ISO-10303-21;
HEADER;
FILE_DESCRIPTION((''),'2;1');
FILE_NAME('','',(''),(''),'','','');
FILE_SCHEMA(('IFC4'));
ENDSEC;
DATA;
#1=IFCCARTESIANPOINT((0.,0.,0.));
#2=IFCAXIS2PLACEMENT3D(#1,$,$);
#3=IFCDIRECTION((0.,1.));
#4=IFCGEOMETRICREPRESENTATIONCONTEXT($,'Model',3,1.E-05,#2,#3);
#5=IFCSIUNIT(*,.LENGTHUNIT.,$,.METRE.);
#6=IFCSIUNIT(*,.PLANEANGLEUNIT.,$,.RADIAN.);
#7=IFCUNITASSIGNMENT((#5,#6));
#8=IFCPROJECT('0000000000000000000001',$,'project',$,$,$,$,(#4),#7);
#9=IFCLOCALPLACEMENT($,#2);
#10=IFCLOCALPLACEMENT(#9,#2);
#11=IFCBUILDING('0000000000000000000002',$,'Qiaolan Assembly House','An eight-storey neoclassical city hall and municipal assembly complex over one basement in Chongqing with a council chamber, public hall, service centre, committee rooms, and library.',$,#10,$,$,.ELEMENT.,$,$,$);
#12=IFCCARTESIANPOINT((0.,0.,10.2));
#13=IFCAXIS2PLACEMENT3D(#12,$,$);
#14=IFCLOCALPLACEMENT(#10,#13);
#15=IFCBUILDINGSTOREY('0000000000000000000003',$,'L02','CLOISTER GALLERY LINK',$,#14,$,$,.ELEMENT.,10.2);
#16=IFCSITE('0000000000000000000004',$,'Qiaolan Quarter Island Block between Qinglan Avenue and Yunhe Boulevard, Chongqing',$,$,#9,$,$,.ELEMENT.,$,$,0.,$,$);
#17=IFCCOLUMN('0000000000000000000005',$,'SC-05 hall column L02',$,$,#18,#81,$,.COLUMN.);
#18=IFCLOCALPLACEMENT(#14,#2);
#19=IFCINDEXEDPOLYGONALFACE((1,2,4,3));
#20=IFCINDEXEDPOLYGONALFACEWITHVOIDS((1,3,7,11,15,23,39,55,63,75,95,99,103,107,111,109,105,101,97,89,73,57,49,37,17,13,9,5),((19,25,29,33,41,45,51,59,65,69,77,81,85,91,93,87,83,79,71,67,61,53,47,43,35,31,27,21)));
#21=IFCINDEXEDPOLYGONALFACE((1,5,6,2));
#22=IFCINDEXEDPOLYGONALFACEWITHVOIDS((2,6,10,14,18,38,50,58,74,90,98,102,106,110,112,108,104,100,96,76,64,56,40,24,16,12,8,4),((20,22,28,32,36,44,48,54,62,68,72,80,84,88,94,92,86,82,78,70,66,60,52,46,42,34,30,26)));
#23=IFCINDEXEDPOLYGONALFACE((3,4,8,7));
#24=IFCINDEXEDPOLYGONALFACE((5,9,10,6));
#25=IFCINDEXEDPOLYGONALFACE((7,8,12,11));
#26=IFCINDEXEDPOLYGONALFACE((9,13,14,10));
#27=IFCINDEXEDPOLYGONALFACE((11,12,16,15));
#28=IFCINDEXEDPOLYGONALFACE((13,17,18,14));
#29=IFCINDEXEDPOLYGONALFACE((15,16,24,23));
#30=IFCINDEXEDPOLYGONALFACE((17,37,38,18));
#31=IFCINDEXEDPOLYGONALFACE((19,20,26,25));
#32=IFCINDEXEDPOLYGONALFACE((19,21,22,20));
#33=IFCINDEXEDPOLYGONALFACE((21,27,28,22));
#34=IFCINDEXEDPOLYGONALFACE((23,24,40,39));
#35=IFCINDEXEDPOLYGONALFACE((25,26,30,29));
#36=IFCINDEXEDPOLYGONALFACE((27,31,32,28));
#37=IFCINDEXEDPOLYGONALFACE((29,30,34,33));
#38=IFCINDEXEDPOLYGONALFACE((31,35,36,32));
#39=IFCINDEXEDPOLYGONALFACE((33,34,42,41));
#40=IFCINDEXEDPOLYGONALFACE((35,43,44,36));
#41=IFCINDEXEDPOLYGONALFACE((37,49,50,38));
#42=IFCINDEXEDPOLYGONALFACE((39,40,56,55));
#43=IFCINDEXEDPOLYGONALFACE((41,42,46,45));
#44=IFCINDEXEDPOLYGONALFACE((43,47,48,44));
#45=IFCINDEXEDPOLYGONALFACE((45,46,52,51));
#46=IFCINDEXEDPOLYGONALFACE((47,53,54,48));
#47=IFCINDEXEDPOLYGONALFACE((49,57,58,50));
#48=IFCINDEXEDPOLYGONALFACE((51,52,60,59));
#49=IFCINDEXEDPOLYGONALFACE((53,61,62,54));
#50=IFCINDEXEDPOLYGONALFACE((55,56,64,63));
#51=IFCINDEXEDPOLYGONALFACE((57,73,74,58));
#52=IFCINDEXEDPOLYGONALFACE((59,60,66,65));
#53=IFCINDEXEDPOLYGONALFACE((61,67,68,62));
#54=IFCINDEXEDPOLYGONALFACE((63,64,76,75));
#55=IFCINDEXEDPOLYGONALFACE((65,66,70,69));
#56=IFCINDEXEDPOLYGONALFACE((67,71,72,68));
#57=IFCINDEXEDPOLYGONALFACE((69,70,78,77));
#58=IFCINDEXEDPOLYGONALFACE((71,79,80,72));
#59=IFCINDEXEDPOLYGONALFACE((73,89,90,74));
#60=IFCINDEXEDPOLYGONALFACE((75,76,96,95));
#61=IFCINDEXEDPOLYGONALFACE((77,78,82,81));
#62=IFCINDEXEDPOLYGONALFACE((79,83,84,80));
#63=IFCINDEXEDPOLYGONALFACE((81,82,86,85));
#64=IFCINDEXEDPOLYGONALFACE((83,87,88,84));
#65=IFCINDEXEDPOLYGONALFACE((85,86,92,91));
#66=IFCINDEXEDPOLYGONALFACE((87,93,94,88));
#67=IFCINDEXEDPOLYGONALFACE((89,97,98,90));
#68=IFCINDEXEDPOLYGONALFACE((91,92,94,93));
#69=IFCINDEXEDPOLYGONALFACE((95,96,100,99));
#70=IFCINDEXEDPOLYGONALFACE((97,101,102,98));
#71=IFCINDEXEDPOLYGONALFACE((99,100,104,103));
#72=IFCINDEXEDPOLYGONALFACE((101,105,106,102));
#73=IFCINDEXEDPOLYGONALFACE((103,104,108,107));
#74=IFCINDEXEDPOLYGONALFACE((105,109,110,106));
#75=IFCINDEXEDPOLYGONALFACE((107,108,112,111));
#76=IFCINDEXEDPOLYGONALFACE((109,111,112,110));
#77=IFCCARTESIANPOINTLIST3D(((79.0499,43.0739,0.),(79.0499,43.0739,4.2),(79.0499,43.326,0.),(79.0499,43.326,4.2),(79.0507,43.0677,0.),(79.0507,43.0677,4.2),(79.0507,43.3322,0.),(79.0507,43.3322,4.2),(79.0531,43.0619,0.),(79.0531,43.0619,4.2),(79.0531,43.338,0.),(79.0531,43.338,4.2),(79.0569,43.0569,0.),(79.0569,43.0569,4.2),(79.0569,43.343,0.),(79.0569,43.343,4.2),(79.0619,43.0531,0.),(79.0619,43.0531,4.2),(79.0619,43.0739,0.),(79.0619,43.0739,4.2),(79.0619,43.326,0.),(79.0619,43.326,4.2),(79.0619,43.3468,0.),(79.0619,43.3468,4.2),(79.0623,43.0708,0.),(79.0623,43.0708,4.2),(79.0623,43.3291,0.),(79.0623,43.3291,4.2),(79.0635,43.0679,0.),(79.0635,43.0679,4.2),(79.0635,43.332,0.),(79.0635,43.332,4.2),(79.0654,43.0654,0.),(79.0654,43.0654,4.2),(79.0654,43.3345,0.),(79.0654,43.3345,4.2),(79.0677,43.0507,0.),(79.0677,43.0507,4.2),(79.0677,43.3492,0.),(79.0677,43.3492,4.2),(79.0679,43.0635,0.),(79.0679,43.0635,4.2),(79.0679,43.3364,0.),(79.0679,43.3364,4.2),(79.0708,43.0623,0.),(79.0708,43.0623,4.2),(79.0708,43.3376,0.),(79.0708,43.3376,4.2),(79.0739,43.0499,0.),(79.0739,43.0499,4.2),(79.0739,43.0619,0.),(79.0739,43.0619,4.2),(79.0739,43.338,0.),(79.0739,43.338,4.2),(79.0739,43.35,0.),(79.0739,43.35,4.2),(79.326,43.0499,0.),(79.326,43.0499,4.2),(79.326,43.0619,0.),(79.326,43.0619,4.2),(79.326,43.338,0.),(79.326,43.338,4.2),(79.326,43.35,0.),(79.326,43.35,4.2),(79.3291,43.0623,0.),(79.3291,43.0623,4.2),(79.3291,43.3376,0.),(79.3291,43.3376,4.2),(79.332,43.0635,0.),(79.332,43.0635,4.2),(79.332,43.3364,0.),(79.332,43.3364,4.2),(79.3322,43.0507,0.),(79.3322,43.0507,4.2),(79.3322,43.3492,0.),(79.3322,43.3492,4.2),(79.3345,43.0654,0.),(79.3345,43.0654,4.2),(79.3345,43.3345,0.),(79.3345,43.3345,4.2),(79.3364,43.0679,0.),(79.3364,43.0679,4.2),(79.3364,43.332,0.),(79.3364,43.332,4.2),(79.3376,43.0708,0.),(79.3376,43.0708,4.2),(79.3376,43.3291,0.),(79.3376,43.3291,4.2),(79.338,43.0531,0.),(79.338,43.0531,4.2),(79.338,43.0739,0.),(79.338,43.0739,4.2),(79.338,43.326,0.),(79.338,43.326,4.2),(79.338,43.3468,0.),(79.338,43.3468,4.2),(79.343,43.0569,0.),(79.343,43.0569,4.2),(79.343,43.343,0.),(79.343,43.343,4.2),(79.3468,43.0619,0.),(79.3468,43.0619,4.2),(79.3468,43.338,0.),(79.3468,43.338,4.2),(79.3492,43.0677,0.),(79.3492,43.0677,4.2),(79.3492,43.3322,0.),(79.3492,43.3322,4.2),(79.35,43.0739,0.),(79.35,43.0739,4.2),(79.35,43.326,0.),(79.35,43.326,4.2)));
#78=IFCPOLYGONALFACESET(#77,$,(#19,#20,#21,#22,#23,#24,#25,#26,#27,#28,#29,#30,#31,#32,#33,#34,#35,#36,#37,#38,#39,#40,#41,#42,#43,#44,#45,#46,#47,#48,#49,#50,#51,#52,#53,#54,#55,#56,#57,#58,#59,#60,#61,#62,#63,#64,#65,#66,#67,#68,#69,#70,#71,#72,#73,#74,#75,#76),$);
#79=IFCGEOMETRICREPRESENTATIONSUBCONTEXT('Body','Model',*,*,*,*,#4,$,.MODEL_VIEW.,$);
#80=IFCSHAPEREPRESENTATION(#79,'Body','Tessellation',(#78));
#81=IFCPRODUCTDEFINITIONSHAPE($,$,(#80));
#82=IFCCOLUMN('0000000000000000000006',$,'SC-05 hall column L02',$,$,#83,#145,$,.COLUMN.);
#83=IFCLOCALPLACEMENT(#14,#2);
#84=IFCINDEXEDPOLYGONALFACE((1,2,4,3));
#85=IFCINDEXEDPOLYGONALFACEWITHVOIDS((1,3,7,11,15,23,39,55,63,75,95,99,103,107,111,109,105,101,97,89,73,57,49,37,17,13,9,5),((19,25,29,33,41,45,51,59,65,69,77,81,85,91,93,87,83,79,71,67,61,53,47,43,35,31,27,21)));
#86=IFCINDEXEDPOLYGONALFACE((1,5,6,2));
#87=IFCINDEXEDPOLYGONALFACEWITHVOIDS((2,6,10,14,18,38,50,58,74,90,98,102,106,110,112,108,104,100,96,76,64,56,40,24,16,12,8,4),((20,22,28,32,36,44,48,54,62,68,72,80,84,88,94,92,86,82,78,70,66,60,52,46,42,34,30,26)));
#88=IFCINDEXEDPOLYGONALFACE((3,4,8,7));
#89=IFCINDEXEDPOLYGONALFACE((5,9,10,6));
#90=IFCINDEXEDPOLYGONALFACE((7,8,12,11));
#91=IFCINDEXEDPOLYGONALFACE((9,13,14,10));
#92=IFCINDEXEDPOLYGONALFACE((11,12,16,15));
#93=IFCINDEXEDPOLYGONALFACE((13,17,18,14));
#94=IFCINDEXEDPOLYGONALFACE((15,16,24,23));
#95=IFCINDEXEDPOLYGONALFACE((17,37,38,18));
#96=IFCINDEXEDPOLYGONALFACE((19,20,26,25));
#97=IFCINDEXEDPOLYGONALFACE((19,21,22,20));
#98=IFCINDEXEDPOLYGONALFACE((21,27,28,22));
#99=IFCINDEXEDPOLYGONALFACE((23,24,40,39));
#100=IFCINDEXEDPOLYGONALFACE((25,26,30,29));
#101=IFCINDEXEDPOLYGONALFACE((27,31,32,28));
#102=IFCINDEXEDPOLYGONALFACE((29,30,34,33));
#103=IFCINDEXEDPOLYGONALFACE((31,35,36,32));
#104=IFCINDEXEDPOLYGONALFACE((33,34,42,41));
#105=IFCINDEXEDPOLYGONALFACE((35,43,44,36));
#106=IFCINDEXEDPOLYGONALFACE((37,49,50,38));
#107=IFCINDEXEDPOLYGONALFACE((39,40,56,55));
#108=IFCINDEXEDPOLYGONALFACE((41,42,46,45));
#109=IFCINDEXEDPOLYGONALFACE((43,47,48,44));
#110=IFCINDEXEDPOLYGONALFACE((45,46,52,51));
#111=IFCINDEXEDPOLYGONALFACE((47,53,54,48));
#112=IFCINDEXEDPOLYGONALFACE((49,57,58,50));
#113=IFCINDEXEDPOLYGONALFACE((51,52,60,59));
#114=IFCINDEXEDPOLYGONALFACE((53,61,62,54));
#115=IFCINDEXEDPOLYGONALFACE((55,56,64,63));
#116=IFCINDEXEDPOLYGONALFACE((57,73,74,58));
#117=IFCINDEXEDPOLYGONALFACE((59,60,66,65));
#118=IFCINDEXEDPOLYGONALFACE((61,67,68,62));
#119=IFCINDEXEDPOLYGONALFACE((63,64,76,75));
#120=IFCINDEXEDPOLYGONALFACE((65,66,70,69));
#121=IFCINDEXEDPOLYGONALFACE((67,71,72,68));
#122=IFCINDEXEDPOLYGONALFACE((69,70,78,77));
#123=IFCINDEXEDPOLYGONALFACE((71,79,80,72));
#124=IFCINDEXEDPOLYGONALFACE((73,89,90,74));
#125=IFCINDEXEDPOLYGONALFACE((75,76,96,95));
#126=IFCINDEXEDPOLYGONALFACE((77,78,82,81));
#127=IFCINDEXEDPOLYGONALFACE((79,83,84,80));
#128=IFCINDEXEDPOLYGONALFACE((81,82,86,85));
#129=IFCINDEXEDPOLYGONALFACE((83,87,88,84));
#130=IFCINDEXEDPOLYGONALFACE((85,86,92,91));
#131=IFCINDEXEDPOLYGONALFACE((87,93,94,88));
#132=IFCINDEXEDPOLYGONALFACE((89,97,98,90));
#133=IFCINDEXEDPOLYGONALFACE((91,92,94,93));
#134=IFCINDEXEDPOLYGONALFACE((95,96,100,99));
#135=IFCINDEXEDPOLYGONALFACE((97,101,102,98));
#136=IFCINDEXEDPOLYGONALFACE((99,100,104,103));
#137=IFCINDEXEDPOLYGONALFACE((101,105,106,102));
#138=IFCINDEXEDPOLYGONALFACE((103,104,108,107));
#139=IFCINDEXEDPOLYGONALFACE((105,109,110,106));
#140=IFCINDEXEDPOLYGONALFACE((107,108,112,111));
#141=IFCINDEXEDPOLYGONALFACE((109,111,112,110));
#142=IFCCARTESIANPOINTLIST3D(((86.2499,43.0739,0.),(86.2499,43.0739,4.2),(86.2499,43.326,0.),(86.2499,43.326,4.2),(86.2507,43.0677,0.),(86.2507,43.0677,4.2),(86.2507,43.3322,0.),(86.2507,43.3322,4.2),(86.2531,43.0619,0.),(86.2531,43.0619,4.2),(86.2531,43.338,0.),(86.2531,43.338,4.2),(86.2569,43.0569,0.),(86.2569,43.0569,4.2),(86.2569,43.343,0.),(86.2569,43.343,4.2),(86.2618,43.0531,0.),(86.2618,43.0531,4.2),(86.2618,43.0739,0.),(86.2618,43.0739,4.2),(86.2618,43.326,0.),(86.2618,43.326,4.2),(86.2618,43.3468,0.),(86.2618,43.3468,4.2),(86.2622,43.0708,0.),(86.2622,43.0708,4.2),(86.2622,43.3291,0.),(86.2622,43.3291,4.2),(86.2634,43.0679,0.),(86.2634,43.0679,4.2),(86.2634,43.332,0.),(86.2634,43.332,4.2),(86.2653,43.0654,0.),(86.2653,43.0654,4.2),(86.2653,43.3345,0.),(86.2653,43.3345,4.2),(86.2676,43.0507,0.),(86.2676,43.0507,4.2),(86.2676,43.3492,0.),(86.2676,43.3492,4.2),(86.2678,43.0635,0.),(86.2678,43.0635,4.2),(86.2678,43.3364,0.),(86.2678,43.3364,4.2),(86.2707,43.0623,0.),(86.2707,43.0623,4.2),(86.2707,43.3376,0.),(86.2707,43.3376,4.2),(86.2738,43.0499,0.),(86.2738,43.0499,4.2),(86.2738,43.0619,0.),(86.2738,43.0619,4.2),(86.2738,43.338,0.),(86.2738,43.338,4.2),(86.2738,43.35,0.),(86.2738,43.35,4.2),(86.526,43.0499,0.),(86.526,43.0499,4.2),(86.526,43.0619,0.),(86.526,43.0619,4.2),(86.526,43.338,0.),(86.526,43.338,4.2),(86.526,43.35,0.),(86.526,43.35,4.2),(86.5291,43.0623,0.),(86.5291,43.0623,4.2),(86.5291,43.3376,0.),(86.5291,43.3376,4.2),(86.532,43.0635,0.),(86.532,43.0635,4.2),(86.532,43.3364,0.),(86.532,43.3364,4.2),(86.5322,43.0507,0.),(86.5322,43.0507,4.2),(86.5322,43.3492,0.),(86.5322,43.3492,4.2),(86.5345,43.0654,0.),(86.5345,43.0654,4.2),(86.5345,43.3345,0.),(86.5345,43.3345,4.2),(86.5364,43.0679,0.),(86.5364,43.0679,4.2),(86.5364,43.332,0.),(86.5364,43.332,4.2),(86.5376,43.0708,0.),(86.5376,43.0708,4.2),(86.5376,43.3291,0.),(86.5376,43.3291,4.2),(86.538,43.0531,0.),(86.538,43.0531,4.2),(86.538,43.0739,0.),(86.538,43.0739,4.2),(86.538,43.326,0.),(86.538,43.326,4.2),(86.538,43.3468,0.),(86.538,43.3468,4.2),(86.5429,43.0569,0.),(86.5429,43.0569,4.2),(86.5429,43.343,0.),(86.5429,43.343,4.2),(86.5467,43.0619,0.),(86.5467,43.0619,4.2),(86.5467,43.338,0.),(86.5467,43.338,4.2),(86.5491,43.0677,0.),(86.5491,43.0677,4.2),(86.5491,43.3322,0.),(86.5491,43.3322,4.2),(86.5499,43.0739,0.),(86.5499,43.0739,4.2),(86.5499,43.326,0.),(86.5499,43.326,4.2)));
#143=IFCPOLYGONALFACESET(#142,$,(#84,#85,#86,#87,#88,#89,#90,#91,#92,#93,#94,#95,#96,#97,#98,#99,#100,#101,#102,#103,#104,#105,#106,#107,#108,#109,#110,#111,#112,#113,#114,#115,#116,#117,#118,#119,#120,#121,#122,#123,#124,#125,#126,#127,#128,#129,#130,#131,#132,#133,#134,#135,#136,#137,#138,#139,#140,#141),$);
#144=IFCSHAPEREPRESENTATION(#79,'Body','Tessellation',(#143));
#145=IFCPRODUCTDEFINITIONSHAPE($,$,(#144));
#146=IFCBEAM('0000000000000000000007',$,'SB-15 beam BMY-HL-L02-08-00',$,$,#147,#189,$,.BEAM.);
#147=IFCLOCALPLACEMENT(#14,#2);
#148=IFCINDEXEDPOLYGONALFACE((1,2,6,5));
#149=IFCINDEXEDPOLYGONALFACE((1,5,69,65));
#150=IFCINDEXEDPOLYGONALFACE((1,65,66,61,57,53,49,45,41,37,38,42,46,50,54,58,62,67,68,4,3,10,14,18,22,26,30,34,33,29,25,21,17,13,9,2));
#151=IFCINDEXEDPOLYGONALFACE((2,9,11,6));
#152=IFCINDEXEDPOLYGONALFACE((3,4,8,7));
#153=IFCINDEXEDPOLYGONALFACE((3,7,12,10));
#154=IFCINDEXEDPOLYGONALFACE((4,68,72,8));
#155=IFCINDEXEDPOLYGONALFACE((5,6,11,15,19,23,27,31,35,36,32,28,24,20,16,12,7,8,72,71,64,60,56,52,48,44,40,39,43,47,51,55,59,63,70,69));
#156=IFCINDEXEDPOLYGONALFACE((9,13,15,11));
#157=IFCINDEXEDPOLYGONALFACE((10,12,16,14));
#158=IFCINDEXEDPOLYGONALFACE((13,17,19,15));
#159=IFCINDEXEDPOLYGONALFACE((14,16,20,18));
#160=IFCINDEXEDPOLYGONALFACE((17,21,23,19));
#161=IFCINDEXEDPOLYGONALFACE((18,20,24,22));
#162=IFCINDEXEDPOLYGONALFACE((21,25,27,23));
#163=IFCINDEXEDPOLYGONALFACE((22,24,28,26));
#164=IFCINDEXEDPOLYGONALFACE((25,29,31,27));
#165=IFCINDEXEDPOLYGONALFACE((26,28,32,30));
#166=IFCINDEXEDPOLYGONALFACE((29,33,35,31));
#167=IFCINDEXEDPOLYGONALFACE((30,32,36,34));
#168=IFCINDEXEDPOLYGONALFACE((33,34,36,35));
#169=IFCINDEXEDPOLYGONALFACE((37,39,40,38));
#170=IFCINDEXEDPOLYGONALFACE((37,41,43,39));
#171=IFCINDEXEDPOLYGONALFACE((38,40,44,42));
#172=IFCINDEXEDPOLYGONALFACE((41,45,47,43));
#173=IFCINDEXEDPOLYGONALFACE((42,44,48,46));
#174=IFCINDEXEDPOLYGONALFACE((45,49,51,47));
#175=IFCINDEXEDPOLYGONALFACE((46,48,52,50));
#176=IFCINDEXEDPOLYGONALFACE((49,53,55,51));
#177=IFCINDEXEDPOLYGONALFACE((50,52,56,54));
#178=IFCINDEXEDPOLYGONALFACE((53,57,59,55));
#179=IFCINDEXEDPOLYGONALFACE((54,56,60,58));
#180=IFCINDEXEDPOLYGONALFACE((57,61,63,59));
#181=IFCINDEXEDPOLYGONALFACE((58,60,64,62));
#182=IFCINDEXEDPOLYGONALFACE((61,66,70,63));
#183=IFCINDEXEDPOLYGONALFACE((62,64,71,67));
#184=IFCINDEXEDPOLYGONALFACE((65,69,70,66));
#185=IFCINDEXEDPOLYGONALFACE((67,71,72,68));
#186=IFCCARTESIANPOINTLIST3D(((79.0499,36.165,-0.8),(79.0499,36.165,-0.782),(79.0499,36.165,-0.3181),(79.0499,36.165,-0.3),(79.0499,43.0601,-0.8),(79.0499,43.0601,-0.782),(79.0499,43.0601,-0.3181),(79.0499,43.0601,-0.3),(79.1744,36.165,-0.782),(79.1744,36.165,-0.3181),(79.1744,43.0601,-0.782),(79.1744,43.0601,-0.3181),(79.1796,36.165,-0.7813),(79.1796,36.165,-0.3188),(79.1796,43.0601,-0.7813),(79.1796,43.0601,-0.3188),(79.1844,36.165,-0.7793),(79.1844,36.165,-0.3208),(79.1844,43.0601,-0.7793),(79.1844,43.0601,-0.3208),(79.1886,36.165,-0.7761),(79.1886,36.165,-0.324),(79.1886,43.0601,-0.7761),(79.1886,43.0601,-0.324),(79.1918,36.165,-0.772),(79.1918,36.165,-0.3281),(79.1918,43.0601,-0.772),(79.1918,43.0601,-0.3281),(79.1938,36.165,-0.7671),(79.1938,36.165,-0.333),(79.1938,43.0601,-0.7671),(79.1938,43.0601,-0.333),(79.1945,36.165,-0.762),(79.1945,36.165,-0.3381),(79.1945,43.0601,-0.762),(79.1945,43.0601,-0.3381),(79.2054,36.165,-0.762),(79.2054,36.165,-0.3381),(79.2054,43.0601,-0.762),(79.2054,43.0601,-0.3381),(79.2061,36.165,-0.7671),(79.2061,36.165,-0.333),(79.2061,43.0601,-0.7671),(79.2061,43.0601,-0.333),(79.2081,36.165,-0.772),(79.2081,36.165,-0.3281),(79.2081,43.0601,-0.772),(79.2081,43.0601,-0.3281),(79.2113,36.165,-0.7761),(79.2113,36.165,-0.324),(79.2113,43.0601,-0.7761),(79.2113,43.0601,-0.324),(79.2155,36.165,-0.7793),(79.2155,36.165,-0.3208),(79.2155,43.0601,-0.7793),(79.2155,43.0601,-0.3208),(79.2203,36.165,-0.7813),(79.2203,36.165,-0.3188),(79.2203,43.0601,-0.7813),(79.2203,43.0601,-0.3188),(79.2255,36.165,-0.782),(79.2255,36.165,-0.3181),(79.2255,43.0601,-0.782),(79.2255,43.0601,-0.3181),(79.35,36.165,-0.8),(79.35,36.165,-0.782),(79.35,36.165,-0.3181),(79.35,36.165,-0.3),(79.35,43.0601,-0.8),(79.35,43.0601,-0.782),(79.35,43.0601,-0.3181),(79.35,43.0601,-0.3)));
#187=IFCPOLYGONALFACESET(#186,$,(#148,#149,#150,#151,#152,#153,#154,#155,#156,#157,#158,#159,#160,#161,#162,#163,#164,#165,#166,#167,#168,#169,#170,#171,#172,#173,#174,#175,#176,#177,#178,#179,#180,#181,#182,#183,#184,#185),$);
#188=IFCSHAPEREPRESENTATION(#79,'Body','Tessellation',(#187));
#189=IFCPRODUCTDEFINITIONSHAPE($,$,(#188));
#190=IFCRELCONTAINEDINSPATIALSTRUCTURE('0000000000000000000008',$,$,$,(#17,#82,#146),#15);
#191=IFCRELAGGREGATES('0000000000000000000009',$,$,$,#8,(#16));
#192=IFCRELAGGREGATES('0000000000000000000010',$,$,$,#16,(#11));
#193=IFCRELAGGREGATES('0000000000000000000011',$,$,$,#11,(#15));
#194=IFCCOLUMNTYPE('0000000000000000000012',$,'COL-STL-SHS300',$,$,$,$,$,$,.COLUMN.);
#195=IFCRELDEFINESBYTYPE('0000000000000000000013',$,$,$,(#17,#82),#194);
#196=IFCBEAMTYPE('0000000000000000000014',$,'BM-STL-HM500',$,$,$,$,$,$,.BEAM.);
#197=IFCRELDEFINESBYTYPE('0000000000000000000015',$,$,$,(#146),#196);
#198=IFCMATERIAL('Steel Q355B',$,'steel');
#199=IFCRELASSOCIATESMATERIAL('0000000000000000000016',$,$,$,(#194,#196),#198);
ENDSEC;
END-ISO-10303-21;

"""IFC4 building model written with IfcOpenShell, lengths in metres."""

from ifc_helpers import new_model, si_unit, direction, frame, origin, origin_2d, place, context, subcontext, project, spatial, hollow_rectangle, i_section, extrude, material, material_profile, profile_set, type_object, element, save


model = new_model("IFC4")

# Units and contexts
model_context = context("Model", 3, precision=1e-05, world=origin(), true_north=direction((0.0, 1.0)))
body_context = subcontext(model_context, "Body", "Model", "MODEL_VIEW")
ifc_project = project(units=[si_unit("LENGTHUNIT", "METRE"), si_unit("PLANEANGLEUNIT", "RADIAN")], contexts=[model_context])

# Site, building, storey
site_placement = place(None, origin())
site = spatial("IfcSite", under=ifc_project, at=site_placement, Name="Qiaolan Quarter Island Block between Qinglan Avenue and Yunhe Boulevard, Chongqing", CompositionType="ELEMENT", RefElevation=0.0)
building_placement = place(site_placement, origin())
building = spatial("IfcBuilding", under=site, at=building_placement, Name="Qiaolan Assembly House", Description="An eight-storey neoclassical city hall and municipal assembly complex over one basement in Chongqing with a council chamber, public hall, service centre, committee rooms, and library.", CompositionType="ELEMENT")
storey_placement = place(building_placement, frame((0.0, 0.0, 10.2)))
storey = spatial("IfcBuildingStorey", under=building, at=storey_placement, Name="L02", Description="CLOISTER GALLERY LINK", CompositionType="ELEMENT", Elevation=10.2)

# Columns
ifc_material_1 = material(Name="Steel Q355B", Category="steel")
ifc_material_profile_1 = material_profile(ifc_material_1, hollow_rectangle(XDim=0.3, YDim=0.3, WallThickness=0.012, InnerFilletRadius=0.012, OuterFilletRadius=0.0239, at=origin_2d()), Name="SHS 300x300x12")
ifc_profile_set_1 = profile_set([ifc_material_profile_1], Name="Steel Q355B")
column_type_1 = type_object("IfcColumnType", Name="COL-STL-SHS300", PredefinedType="COLUMN", material=ifc_profile_set_1)
for number, where, z_axis, x_axis, name in (
    (1, (79.2, 43.2, 0.0), (0.0, 0.0, 1.0), (1.0, 0.0, 0.0), "SC-05 hall column L02"),
    (2, (86.3999, 43.2, 0.0), (0.0, 0.0, 1.0), (1.0, 0.0, 0.0), "SC-05 hall column L02"),
):
    element("IfcColumn", number, at=place(storey_placement, frame(where, z_axis=z_axis, x_axis=x_axis)), inside=storey, type_object=column_type_1, Name=name, PredefinedType="COLUMN", context=body_context, shape_type="SweptSolid", body=[
        extrude(hollow_rectangle(XDim=0.3, YDim=0.3, WallThickness=0.012, InnerFilletRadius=0.012, OuterFilletRadius=0.0239, at=origin_2d()), origin(), (0.0, 0.0, 1.0), 4.2),
    ])

# Beam
ifc_material_profile_2 = material_profile(ifc_material_1, i_section(OverallWidth=0.3, OverallDepth=0.5, WebThickness=0.011, FlangeThickness=0.0181, FilletRadius=0.02, at=origin_2d()), Name="HM 500x300x11x18")
ifc_profile_set_2 = profile_set([ifc_material_profile_2], Name="Steel Q355B")
beam_type_1 = type_object("IfcBeamType", Name="BM-STL-HM500", PredefinedType="BEAM", material=ifc_profile_set_2)
for number, where, z_axis, x_axis, name in (
    (3, (79.2, 36.165, -0.55), (0.0, 1.0, 0.0), (-1.0, 0.0, 0.0), "SB-15 beam BMY-HL-L02-08-00"),
):
    element("IfcBeam", number, at=place(storey_placement, frame(where, z_axis=z_axis, x_axis=x_axis)), inside=storey, type_object=beam_type_1, Name=name, PredefinedType="BEAM", context=body_context, shape_type="SweptSolid", body=[
        extrude(i_section(OverallWidth=0.3, OverallDepth=0.5, WebThickness=0.011, FlangeThickness=0.0181, FilletRadius=0.02, at=origin_2d()), origin(), (0.0, 0.0, 1.0), 6.895),
    ])

save(model, "model.ifc")
